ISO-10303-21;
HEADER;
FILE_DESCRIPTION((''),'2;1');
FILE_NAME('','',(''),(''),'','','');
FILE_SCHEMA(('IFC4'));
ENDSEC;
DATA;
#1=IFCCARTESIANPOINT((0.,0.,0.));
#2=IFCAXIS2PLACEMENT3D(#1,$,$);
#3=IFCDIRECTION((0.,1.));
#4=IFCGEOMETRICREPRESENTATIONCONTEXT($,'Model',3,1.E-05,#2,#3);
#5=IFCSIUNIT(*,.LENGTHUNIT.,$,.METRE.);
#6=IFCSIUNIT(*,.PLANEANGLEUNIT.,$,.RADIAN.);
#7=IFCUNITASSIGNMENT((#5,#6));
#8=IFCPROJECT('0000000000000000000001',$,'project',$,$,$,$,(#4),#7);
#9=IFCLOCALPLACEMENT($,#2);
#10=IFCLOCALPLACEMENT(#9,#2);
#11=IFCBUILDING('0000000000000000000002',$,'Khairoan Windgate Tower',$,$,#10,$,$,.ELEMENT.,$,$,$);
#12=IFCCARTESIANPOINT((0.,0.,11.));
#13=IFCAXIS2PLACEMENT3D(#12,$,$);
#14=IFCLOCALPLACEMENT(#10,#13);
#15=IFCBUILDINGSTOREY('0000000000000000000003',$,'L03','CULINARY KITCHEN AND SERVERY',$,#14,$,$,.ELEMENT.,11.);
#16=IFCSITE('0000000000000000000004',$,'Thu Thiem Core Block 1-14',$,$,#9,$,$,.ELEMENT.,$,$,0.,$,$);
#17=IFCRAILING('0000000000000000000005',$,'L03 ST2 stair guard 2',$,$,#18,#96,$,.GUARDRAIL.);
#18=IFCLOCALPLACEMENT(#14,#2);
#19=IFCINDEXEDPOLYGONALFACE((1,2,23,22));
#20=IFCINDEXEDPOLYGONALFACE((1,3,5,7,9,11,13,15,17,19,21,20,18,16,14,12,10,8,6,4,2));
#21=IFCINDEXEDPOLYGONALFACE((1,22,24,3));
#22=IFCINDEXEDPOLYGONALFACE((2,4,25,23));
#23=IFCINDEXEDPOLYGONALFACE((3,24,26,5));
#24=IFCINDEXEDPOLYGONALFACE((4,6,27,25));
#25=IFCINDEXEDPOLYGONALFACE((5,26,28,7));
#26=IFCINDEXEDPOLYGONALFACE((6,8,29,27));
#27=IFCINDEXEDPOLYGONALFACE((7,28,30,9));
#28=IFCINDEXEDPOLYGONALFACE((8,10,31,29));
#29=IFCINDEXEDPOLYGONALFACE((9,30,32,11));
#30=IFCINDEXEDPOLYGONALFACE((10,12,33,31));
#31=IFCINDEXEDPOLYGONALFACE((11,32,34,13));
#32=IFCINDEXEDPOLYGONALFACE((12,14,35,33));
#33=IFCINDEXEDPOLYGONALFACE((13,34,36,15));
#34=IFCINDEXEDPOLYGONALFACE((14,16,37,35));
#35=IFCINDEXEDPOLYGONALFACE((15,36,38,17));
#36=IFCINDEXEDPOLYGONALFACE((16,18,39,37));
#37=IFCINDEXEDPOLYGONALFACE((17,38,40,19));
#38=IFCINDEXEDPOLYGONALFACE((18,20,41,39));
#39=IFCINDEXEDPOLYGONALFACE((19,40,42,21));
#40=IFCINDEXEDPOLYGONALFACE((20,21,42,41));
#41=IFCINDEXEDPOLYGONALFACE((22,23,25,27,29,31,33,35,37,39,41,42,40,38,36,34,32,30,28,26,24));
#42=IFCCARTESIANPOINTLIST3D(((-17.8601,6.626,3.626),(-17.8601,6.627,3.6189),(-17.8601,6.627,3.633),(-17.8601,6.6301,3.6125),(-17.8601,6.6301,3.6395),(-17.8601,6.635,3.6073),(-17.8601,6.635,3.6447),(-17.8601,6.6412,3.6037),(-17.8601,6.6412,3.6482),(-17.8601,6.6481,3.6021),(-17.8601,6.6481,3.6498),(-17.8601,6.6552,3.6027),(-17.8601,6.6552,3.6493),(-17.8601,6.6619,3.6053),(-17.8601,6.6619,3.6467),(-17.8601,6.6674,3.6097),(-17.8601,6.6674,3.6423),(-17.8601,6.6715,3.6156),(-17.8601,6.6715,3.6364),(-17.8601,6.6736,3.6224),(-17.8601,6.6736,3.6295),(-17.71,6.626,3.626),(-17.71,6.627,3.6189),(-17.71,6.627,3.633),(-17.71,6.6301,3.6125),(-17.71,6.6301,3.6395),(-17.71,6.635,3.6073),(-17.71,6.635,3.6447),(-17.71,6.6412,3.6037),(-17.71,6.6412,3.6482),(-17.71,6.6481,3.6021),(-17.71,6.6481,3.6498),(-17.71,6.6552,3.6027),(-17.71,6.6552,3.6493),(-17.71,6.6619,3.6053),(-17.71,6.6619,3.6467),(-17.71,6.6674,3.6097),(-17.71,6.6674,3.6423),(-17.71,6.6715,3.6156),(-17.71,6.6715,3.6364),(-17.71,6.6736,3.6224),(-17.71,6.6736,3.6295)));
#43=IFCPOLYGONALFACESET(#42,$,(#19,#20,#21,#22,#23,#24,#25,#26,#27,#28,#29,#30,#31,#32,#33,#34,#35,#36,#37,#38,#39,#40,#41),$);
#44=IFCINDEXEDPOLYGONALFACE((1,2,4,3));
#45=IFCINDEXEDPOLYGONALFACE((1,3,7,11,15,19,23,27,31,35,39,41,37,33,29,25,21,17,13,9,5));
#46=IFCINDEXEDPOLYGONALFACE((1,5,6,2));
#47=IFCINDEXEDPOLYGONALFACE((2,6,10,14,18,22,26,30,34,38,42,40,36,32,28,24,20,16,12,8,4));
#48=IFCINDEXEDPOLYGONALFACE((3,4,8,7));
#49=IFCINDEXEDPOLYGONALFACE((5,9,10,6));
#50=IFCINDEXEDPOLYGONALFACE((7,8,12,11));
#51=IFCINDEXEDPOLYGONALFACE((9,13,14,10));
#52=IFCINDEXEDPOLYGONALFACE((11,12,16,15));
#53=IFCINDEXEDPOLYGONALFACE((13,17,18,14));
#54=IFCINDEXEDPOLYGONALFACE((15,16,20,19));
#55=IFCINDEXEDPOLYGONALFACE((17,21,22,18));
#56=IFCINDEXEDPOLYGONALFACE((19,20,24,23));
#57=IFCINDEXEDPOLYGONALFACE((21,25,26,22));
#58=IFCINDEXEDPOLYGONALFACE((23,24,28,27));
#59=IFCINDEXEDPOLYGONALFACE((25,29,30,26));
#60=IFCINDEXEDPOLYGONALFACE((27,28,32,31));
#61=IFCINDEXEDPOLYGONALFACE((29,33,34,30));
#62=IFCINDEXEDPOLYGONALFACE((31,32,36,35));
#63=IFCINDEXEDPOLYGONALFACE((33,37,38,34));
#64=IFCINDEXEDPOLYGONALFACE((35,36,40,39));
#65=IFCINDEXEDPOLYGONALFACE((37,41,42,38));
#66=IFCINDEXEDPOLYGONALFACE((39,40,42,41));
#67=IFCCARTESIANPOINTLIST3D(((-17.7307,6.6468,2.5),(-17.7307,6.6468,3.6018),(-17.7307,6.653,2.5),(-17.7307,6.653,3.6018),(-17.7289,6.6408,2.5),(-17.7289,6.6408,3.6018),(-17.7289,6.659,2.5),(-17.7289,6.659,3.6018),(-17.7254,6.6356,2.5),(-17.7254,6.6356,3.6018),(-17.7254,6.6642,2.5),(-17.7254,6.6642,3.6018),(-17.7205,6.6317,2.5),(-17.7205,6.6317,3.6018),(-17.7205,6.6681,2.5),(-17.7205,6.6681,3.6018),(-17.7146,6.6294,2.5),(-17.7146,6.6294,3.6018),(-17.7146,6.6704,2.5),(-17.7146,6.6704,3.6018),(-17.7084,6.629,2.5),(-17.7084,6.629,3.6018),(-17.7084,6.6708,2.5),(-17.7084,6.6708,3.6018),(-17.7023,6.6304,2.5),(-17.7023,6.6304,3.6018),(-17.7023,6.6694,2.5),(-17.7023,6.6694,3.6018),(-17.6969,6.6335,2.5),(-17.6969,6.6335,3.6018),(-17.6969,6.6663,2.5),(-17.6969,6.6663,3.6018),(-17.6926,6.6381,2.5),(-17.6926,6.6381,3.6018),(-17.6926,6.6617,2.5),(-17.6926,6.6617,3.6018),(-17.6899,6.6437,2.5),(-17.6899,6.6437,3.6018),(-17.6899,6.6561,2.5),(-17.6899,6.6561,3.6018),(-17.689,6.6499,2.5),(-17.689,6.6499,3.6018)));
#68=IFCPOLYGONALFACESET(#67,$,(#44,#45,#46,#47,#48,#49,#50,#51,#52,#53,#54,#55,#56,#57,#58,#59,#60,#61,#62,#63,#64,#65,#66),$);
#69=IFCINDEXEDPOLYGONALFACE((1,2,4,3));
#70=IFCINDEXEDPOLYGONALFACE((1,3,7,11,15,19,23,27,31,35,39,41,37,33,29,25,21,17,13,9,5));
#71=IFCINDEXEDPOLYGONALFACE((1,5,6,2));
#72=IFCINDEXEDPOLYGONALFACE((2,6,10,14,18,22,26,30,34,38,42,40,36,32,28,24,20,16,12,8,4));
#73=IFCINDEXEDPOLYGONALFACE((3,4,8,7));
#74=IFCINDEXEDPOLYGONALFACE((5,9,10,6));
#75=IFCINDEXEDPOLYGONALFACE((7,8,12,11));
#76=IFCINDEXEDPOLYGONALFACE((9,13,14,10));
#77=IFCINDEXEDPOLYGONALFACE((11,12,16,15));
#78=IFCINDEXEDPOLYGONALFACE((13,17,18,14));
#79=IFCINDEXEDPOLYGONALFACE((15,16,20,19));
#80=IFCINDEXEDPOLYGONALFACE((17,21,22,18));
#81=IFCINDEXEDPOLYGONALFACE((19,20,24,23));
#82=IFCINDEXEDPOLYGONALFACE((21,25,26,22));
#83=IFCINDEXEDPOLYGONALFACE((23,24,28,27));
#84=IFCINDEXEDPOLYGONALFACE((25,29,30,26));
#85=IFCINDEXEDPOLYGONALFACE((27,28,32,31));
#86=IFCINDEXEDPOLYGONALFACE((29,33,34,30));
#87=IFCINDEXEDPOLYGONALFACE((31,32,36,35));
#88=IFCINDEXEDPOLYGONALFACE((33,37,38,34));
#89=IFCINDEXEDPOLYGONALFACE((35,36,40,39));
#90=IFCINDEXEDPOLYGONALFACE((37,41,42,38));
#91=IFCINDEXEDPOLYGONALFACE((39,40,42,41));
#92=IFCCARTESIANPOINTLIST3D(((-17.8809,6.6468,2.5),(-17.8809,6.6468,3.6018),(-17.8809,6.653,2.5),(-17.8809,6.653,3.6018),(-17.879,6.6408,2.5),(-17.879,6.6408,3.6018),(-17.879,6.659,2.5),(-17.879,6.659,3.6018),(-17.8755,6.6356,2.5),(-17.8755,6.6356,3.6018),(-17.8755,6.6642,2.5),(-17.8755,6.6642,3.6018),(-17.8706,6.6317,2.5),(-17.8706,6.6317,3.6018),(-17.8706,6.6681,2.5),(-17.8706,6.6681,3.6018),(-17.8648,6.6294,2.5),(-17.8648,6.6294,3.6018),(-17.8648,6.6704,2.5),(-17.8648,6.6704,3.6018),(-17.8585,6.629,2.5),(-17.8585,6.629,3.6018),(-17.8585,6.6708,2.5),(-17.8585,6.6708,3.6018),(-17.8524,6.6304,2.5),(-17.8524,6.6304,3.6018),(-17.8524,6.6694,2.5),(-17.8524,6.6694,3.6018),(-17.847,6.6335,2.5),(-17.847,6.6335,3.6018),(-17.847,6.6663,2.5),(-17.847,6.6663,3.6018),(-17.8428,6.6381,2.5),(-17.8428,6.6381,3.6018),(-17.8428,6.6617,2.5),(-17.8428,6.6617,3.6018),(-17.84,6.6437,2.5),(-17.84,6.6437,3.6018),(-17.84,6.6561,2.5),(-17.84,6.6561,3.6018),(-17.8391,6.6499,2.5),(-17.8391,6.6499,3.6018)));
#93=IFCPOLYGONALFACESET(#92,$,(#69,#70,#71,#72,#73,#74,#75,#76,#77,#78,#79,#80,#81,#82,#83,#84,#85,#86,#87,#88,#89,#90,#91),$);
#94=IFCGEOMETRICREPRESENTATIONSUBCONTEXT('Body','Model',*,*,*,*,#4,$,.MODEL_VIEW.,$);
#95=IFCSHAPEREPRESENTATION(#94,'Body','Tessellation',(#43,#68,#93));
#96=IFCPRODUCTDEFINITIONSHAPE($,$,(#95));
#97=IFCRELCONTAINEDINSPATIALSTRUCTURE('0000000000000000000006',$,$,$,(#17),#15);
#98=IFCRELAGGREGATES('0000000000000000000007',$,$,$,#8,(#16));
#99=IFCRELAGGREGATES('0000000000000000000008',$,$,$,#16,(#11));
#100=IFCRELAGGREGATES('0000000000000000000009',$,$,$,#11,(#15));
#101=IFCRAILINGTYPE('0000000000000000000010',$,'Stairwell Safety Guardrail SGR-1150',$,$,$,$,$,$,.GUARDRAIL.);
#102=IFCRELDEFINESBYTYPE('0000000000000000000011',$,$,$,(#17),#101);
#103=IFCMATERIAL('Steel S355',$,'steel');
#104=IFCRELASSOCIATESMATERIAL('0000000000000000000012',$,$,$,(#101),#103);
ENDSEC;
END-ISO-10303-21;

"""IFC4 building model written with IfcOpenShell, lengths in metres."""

from ifc_helpers import new_model, si_unit, direction, frame, origin, origin_2d, place, context, subcontext, project, spatial, circle, extrude, material, type_object, element, save


model = new_model("IFC4")

# Units and contexts
model_context = context("Model", 3, precision=1e-05, world=origin(), true_north=direction((0.0, 1.0)))
body_context = subcontext(model_context, "Body", "Model", "MODEL_VIEW")
ifc_project = project(units=[si_unit("LENGTHUNIT", "METRE"), si_unit("PLANEANGLEUNIT", "RADIAN")], contexts=[model_context])

# Site, building, storey
site_placement = place(None, origin())
site = spatial("IfcSite", under=ifc_project, at=site_placement, Name="Thu Thiem Core Block 1-14", CompositionType="ELEMENT", RefElevation=0.0)
building_placement = place(site_placement, origin())
building = spatial("IfcBuilding", under=site, at=building_placement, Name="Khairoan Windgate Tower", CompositionType="ELEMENT")
storey_placement = place(building_placement, frame((0.0, 0.0, 11.0)))
storey = spatial("IfcBuildingStorey", under=building, at=storey_placement, Name="L03", Description="CULINARY KITCHEN AND SERVERY", CompositionType="ELEMENT", Elevation=11.0)

# Railing
ifc_material_1 = material(Name="Steel S355", Category="steel")
railing_type_1 = type_object("IfcRailingType", Name="Stairwell Safety Guardrail SGR-1150", PredefinedType="GUARDRAIL", material=ifc_material_1)
railing_1_placement = place(storey_placement, frame((-17.71, 6.6499, 2.5)))
element("IfcRailing", 1, at=railing_1_placement, inside=storey, type_object=railing_type_1, Name="L03 ST2 stair guard 2", PredefinedType="GUARDRAIL", context=body_context, shape_type="SweptSolid", body=[
    extrude(circle(Radius=0.0239, at=origin_2d()), frame((0.0, 0.0, 1.126), z_axis=(-1.0, 0.0, 0.0), x_axis=(0.0, -1.0, 0.0)), (0.0, 0.0, 1.0), 0.1501),
    extrude(circle(Radius=0.021, at=origin_2d()), origin(), (0.0, 0.0, 1.0), 1.1018),
    extrude(circle(Radius=0.021, at=origin_2d()), frame((-0.1501, 0.0, 0.0)), (0.0, 0.0, 1.0), 1.1018),
])

save(model, "model.ifc")
